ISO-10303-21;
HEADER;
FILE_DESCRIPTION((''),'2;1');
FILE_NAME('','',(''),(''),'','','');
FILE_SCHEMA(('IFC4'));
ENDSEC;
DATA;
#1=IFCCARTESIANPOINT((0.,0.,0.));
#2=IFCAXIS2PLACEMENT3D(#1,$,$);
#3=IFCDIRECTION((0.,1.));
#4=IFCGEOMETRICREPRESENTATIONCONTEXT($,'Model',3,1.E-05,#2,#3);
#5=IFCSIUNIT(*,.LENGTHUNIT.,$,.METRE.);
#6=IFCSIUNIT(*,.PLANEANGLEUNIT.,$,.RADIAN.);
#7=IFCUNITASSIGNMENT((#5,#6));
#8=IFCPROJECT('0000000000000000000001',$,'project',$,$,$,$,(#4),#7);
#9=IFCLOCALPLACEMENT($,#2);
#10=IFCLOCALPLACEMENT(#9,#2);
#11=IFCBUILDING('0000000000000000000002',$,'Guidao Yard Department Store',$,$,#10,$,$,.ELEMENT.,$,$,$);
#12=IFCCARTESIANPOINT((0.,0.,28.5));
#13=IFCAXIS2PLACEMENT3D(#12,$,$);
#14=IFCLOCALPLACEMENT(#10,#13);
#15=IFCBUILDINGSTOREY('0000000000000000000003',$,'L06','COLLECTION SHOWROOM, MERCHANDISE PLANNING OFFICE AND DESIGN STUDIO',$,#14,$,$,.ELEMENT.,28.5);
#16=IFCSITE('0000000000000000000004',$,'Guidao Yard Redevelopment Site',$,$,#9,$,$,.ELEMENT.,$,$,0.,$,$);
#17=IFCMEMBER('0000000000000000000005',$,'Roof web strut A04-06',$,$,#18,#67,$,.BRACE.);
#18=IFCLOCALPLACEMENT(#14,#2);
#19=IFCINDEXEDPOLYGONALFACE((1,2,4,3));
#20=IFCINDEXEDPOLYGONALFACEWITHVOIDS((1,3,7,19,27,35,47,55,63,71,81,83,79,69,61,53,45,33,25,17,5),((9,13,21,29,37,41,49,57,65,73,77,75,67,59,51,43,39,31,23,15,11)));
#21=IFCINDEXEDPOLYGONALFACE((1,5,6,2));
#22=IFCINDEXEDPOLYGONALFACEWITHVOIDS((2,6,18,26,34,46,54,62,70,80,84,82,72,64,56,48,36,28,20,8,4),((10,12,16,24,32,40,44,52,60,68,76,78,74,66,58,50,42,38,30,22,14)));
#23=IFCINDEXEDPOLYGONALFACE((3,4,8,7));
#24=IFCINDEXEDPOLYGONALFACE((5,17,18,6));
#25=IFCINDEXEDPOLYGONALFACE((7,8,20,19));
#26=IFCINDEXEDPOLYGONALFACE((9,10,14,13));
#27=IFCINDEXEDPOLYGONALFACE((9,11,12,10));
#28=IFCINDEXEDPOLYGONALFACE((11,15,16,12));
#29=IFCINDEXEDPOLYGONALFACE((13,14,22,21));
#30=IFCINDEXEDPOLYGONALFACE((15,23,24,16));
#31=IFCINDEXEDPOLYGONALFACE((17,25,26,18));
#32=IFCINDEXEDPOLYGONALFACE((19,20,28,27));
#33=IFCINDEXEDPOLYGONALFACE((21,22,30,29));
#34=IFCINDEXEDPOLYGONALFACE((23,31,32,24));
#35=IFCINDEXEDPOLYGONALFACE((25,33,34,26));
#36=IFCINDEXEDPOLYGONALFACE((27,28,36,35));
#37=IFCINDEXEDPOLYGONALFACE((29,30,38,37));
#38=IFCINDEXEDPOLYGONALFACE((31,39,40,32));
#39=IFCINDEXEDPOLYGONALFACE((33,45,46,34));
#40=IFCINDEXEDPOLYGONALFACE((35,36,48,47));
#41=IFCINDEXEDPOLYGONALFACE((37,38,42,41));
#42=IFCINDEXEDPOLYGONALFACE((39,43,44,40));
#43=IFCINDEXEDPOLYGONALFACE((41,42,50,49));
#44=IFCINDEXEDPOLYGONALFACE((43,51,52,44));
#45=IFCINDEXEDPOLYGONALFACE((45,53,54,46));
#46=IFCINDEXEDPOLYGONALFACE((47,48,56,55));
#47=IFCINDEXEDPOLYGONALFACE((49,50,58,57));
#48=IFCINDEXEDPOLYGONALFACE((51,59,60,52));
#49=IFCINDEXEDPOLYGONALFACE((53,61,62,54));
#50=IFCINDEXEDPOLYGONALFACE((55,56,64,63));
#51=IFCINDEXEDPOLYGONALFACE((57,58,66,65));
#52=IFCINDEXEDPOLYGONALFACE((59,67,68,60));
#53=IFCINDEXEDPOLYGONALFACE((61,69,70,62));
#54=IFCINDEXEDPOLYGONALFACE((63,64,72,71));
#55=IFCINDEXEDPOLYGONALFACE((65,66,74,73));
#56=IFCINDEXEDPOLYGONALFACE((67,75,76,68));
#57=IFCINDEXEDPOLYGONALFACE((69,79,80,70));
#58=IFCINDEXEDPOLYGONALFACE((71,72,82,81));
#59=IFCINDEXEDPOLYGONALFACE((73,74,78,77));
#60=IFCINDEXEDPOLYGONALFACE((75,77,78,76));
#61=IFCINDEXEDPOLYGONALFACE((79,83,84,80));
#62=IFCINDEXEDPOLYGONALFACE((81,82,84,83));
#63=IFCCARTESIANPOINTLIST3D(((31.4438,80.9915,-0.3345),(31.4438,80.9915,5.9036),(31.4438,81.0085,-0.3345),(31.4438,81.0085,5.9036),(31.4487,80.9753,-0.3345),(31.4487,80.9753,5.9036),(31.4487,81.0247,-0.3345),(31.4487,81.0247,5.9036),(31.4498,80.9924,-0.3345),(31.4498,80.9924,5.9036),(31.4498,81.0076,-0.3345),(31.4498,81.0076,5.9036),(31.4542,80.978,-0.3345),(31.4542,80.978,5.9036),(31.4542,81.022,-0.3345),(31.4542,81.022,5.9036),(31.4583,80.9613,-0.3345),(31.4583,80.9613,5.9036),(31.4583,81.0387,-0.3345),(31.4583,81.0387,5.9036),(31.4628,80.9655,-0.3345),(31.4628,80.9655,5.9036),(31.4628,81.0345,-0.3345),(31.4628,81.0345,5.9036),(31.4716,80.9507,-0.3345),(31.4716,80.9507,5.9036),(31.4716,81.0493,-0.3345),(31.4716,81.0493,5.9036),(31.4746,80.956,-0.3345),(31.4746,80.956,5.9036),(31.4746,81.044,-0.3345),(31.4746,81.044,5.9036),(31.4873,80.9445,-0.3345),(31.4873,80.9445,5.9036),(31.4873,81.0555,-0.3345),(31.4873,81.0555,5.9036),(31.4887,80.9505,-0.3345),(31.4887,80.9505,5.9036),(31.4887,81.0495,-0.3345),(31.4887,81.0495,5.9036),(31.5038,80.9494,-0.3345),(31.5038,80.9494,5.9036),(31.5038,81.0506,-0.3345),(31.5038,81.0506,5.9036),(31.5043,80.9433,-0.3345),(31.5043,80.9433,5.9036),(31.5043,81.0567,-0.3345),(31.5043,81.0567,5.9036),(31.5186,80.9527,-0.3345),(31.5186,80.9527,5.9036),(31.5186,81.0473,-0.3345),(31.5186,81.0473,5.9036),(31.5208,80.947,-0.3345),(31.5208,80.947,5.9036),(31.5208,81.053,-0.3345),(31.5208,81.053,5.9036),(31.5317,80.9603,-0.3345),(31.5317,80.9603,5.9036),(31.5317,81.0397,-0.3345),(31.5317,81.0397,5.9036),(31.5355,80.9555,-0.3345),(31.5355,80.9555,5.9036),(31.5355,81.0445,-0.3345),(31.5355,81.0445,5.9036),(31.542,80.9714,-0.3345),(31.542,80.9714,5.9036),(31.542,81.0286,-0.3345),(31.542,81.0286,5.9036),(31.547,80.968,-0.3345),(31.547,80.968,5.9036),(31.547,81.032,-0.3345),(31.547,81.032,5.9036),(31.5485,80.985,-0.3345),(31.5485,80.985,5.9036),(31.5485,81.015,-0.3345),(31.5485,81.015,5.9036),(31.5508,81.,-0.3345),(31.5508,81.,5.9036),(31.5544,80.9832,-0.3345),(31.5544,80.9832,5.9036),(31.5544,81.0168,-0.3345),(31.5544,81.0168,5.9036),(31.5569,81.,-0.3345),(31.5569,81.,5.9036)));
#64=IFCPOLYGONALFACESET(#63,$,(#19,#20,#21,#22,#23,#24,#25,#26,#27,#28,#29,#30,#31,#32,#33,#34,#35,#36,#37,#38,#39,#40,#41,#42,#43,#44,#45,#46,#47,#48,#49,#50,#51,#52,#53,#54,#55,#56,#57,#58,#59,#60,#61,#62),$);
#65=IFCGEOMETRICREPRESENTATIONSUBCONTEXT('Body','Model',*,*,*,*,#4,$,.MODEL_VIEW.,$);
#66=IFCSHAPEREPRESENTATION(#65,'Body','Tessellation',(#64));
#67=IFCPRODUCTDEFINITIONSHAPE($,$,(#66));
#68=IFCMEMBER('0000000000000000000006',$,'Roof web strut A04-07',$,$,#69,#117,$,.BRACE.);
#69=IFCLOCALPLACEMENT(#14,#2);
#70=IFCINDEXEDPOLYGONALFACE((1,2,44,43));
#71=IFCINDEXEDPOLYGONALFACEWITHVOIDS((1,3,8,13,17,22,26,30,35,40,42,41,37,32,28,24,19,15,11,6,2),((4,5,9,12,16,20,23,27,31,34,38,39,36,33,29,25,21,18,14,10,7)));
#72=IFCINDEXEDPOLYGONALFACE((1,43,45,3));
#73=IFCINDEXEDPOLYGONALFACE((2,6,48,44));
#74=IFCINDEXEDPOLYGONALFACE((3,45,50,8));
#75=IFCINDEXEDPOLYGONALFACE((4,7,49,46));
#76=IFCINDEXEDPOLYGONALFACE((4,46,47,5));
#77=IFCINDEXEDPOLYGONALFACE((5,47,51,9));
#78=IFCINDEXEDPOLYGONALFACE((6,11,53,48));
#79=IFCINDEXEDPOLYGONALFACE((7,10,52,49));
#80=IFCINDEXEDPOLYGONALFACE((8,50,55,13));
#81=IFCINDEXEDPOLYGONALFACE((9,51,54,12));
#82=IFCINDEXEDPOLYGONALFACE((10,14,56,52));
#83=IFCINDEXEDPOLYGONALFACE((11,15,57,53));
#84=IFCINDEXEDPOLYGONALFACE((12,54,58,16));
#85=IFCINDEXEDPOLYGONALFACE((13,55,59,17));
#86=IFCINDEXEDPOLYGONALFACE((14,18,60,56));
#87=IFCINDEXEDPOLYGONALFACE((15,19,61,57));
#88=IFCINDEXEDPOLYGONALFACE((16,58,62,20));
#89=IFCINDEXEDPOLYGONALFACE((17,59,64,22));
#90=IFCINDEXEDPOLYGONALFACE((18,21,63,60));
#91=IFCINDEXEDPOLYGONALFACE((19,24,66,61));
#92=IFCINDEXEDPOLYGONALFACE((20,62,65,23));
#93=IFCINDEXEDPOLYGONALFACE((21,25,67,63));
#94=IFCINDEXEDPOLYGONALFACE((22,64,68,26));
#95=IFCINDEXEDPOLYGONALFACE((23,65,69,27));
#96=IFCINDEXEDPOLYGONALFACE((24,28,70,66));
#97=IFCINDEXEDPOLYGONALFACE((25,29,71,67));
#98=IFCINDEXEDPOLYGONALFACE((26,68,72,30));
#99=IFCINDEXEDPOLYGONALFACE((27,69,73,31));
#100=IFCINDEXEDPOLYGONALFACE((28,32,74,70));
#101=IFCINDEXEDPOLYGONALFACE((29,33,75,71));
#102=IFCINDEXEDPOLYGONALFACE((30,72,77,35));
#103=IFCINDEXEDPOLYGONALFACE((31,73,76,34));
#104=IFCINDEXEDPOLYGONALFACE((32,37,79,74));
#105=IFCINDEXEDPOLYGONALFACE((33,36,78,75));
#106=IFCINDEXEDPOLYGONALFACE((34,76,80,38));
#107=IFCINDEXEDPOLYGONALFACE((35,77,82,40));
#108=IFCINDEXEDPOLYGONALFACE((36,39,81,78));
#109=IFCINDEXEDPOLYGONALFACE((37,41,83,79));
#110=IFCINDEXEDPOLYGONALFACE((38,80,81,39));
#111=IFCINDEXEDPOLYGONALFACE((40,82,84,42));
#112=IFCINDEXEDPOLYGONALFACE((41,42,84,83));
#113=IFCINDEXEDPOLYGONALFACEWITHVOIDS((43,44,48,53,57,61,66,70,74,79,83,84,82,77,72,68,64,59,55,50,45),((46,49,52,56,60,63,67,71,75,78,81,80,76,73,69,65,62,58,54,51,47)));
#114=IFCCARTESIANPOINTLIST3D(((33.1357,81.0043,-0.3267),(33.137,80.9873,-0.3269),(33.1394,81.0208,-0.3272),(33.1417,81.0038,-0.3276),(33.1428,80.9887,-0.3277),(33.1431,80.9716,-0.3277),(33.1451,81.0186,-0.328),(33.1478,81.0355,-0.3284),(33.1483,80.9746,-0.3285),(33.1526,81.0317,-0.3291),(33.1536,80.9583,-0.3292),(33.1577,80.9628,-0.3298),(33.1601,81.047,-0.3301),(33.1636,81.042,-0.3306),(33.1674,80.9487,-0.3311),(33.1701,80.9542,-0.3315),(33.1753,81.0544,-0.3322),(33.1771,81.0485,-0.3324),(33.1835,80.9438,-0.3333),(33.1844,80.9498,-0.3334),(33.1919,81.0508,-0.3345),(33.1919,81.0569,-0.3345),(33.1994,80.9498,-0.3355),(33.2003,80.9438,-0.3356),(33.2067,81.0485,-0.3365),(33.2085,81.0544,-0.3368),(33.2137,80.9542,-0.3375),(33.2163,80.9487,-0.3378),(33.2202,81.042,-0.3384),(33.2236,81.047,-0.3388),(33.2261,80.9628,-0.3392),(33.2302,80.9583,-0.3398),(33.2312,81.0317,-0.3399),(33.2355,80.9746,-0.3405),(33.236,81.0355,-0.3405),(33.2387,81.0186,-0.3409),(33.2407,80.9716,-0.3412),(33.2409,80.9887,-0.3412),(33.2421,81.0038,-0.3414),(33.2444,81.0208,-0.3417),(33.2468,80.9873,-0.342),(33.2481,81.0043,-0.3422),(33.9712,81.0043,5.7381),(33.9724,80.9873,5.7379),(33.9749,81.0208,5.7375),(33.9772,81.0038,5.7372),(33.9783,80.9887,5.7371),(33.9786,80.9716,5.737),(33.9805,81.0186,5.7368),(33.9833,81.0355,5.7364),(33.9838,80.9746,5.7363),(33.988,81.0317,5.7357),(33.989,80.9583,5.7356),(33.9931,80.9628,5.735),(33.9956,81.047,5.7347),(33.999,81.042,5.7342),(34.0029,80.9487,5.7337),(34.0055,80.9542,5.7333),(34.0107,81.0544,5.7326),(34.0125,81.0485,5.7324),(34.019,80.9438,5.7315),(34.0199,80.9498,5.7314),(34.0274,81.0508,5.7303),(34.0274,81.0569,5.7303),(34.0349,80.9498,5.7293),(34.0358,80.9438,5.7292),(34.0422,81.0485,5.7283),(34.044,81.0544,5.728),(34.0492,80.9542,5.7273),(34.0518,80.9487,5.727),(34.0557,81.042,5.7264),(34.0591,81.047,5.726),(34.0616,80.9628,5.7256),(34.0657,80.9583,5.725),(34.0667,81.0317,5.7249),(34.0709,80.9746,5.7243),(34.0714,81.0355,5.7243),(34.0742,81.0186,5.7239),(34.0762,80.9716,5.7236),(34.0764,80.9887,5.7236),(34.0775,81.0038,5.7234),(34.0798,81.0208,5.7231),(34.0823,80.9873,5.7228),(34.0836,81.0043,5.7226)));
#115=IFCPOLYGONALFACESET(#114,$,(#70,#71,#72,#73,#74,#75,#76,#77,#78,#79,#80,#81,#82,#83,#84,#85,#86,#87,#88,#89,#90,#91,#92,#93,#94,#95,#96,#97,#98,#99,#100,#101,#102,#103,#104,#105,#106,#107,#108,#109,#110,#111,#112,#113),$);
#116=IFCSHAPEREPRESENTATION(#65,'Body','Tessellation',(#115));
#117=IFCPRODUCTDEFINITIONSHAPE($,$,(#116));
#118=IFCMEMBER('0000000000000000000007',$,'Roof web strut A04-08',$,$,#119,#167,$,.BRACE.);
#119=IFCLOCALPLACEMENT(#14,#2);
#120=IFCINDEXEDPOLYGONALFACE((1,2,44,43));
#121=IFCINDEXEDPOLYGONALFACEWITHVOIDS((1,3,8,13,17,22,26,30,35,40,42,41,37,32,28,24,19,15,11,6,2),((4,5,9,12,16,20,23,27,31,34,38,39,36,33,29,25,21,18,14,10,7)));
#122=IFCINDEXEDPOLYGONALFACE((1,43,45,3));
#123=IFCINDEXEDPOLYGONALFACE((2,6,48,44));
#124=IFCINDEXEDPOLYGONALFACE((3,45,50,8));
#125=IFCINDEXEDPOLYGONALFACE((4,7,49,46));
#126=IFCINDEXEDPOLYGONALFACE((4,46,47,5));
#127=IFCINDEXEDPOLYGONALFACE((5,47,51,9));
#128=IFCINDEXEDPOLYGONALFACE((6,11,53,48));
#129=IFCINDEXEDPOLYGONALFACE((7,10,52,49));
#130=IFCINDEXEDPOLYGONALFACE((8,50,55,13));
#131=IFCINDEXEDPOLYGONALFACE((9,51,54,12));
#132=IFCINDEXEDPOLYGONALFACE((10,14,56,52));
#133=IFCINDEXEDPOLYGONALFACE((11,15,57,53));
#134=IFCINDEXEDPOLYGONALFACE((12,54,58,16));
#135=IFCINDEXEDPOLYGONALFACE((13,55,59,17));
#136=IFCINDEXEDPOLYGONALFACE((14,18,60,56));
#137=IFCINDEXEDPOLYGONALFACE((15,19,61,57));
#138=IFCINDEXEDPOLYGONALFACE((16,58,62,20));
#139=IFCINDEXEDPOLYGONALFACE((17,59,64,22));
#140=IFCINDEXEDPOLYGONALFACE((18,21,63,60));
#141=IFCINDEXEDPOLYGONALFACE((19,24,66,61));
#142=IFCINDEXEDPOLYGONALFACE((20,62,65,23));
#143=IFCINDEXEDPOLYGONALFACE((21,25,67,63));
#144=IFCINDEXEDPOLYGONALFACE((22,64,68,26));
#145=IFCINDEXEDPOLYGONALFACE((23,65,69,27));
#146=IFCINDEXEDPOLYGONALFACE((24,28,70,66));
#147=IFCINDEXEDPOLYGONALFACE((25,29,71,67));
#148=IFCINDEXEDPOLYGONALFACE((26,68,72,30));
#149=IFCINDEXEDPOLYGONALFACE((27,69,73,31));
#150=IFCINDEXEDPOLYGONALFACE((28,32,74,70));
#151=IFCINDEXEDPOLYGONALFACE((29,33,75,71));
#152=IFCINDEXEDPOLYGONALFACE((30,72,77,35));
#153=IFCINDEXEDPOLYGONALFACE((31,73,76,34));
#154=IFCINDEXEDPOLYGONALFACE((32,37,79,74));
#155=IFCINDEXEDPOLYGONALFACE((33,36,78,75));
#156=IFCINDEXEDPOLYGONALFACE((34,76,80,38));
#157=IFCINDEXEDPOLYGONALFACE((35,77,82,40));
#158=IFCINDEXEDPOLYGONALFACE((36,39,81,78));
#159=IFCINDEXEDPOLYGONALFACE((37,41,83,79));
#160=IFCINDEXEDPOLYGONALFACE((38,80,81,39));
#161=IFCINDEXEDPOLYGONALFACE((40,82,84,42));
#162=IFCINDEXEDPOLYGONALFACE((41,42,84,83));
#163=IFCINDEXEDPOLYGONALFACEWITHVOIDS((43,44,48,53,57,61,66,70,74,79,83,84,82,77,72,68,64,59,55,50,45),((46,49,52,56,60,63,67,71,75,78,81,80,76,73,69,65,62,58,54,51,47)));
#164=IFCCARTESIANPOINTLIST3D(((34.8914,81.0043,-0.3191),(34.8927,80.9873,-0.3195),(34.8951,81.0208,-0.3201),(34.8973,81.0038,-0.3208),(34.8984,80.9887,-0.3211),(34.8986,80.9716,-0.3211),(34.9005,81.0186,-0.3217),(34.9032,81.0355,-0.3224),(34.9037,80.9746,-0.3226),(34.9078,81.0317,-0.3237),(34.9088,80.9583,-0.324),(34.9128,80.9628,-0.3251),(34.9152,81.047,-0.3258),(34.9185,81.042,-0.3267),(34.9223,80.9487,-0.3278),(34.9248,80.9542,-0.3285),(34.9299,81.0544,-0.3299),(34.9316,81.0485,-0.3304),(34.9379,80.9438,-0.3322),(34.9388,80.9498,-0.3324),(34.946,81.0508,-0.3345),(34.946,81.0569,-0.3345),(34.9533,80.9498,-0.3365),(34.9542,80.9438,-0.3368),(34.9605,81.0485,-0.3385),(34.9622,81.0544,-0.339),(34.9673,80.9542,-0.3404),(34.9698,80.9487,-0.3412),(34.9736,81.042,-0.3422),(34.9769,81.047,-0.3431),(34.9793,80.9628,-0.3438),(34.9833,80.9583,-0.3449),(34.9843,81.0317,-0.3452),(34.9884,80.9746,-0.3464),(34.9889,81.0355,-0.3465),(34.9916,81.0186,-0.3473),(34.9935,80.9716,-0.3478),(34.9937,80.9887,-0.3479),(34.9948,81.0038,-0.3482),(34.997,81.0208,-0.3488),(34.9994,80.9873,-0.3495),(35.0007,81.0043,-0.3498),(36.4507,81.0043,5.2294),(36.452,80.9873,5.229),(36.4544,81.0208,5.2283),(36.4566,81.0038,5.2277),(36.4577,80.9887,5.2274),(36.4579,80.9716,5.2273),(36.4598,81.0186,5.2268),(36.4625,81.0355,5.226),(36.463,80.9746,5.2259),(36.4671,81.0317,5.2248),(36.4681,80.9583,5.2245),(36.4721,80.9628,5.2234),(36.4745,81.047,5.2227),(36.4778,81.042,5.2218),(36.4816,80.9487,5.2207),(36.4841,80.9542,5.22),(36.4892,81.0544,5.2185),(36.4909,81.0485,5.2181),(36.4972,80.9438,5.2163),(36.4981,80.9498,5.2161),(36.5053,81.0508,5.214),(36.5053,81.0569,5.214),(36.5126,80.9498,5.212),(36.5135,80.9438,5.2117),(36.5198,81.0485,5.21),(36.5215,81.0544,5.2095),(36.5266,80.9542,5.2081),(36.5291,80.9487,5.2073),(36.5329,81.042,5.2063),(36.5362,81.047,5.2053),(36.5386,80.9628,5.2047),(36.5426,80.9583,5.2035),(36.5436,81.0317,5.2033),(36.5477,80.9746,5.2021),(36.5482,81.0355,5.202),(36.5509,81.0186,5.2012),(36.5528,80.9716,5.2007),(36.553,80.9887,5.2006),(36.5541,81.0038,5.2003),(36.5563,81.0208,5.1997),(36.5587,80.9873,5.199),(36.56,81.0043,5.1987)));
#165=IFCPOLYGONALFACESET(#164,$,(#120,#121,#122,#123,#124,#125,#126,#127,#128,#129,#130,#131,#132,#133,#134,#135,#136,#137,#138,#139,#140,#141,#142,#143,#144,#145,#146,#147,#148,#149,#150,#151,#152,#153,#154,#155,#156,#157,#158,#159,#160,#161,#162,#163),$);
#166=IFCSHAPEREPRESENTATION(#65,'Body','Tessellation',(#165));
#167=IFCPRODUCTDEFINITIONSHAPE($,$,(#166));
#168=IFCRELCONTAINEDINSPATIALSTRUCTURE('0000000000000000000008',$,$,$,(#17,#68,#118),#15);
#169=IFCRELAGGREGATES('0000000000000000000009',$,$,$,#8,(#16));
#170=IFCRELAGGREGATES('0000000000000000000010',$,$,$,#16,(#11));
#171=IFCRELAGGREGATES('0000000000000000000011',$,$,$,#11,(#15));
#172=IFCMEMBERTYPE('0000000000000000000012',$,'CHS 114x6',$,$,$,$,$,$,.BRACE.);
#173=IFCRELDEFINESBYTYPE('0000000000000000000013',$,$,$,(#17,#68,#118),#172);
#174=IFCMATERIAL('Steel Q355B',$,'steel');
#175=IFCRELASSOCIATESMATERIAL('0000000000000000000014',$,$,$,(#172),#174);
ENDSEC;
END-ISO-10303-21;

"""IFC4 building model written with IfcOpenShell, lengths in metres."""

from ifc_helpers import new_model, si_unit, direction, frame, origin, origin_2d, place, context, subcontext, project, spatial, hollow_circle, extrude, material, material_profile, profile_set, type_object, element, save


model = new_model("IFC4")

# Units and contexts
model_context = context("Model", 3, precision=1e-05, world=origin(), true_north=direction((0.0, 1.0)))
body_context = subcontext(model_context, "Body", "Model", "MODEL_VIEW")
ifc_project = project(units=[si_unit("LENGTHUNIT", "METRE"), si_unit("PLANEANGLEUNIT", "RADIAN")], contexts=[model_context])

# Site, building, storey
site_placement = place(None, origin())
site = spatial("IfcSite", under=ifc_project, at=site_placement, Name="Guidao Yard Redevelopment Site", CompositionType="ELEMENT", RefElevation=0.0)
building_placement = place(site_placement, origin())
building = spatial("IfcBuilding", under=site, at=building_placement, Name="Guidao Yard Department Store", CompositionType="ELEMENT")
storey_placement = place(building_placement, frame((0.0, 0.0, 28.5)))
storey = spatial("IfcBuildingStorey", under=building, at=storey_placement, Name="L06", Description="COLLECTION SHOWROOM, MERCHANDISE PLANNING OFFICE AND DESIGN STUDIO", CompositionType="ELEMENT", Elevation=28.5)

# Members
ifc_material_1 = material(Name="Steel Q355B", Category="steel")
ifc_material_profile_1 = material_profile(ifc_material_1, hollow_circle(Radius=0.0569, WallThickness=0.0061, at=origin_2d()), Name="CHS 114x6")
ifc_profile_set_1 = profile_set([ifc_material_profile_1], Name="Steel Q355B")
member_type_1 = type_object("IfcMemberType", Name="CHS 114x6", PredefinedType="BRACE", material=ifc_profile_set_1)
member_1_placement = place(storey_placement, frame((31.5, 81.0, -0.3345), z_axis=(0.0, 0.0, 1.0), x_axis=(1.0, 0.0, 0.0)))
element("IfcMember", 1, at=member_1_placement, inside=storey, type_object=member_type_1, Name="Roof web strut A04-06", PredefinedType="BRACE", context=body_context, shape_type="SweptSolid", body=[
    extrude(hollow_circle(Radius=0.0569, WallThickness=0.0061, at=origin_2d()), origin(), (0.0, 0.0, 1.0), 6.238),
])
member_2_placement = place(storey_placement, frame((33.1919, 81.0, -0.3345), z_axis=(0.136467, 0.0, 0.990645), x_axis=(0.0, 1.0, 0.0)))
element("IfcMember", 2, at=member_2_placement, inside=storey, type_object=member_type_1, Name="Roof web strut A04-07", PredefinedType="BRACE", context=body_context, shape_type="SweptSolid", body=[
    extrude(hollow_circle(Radius=0.0569, WallThickness=0.0061, at=origin_2d()), origin(), (0.0, 0.0, 1.0), 6.1221),
])
member_3_placement = place(storey_placement, frame((34.946, 81.0, -0.3345), z_axis=(0.270551, 0.0, 0.962706), x_axis=(0.0, 1.0, 0.0)))
element("IfcMember", 3, at=member_3_placement, inside=storey, type_object=member_type_1, Name="Roof web strut A04-08", PredefinedType="BRACE", context=body_context, shape_type="SweptSolid", body=[
    extrude(hollow_circle(Radius=0.0569, WallThickness=0.0061, at=origin_2d()), origin(), (0.0, 0.0, 1.0), 5.7634),
])

save(model, "model.ifc")
